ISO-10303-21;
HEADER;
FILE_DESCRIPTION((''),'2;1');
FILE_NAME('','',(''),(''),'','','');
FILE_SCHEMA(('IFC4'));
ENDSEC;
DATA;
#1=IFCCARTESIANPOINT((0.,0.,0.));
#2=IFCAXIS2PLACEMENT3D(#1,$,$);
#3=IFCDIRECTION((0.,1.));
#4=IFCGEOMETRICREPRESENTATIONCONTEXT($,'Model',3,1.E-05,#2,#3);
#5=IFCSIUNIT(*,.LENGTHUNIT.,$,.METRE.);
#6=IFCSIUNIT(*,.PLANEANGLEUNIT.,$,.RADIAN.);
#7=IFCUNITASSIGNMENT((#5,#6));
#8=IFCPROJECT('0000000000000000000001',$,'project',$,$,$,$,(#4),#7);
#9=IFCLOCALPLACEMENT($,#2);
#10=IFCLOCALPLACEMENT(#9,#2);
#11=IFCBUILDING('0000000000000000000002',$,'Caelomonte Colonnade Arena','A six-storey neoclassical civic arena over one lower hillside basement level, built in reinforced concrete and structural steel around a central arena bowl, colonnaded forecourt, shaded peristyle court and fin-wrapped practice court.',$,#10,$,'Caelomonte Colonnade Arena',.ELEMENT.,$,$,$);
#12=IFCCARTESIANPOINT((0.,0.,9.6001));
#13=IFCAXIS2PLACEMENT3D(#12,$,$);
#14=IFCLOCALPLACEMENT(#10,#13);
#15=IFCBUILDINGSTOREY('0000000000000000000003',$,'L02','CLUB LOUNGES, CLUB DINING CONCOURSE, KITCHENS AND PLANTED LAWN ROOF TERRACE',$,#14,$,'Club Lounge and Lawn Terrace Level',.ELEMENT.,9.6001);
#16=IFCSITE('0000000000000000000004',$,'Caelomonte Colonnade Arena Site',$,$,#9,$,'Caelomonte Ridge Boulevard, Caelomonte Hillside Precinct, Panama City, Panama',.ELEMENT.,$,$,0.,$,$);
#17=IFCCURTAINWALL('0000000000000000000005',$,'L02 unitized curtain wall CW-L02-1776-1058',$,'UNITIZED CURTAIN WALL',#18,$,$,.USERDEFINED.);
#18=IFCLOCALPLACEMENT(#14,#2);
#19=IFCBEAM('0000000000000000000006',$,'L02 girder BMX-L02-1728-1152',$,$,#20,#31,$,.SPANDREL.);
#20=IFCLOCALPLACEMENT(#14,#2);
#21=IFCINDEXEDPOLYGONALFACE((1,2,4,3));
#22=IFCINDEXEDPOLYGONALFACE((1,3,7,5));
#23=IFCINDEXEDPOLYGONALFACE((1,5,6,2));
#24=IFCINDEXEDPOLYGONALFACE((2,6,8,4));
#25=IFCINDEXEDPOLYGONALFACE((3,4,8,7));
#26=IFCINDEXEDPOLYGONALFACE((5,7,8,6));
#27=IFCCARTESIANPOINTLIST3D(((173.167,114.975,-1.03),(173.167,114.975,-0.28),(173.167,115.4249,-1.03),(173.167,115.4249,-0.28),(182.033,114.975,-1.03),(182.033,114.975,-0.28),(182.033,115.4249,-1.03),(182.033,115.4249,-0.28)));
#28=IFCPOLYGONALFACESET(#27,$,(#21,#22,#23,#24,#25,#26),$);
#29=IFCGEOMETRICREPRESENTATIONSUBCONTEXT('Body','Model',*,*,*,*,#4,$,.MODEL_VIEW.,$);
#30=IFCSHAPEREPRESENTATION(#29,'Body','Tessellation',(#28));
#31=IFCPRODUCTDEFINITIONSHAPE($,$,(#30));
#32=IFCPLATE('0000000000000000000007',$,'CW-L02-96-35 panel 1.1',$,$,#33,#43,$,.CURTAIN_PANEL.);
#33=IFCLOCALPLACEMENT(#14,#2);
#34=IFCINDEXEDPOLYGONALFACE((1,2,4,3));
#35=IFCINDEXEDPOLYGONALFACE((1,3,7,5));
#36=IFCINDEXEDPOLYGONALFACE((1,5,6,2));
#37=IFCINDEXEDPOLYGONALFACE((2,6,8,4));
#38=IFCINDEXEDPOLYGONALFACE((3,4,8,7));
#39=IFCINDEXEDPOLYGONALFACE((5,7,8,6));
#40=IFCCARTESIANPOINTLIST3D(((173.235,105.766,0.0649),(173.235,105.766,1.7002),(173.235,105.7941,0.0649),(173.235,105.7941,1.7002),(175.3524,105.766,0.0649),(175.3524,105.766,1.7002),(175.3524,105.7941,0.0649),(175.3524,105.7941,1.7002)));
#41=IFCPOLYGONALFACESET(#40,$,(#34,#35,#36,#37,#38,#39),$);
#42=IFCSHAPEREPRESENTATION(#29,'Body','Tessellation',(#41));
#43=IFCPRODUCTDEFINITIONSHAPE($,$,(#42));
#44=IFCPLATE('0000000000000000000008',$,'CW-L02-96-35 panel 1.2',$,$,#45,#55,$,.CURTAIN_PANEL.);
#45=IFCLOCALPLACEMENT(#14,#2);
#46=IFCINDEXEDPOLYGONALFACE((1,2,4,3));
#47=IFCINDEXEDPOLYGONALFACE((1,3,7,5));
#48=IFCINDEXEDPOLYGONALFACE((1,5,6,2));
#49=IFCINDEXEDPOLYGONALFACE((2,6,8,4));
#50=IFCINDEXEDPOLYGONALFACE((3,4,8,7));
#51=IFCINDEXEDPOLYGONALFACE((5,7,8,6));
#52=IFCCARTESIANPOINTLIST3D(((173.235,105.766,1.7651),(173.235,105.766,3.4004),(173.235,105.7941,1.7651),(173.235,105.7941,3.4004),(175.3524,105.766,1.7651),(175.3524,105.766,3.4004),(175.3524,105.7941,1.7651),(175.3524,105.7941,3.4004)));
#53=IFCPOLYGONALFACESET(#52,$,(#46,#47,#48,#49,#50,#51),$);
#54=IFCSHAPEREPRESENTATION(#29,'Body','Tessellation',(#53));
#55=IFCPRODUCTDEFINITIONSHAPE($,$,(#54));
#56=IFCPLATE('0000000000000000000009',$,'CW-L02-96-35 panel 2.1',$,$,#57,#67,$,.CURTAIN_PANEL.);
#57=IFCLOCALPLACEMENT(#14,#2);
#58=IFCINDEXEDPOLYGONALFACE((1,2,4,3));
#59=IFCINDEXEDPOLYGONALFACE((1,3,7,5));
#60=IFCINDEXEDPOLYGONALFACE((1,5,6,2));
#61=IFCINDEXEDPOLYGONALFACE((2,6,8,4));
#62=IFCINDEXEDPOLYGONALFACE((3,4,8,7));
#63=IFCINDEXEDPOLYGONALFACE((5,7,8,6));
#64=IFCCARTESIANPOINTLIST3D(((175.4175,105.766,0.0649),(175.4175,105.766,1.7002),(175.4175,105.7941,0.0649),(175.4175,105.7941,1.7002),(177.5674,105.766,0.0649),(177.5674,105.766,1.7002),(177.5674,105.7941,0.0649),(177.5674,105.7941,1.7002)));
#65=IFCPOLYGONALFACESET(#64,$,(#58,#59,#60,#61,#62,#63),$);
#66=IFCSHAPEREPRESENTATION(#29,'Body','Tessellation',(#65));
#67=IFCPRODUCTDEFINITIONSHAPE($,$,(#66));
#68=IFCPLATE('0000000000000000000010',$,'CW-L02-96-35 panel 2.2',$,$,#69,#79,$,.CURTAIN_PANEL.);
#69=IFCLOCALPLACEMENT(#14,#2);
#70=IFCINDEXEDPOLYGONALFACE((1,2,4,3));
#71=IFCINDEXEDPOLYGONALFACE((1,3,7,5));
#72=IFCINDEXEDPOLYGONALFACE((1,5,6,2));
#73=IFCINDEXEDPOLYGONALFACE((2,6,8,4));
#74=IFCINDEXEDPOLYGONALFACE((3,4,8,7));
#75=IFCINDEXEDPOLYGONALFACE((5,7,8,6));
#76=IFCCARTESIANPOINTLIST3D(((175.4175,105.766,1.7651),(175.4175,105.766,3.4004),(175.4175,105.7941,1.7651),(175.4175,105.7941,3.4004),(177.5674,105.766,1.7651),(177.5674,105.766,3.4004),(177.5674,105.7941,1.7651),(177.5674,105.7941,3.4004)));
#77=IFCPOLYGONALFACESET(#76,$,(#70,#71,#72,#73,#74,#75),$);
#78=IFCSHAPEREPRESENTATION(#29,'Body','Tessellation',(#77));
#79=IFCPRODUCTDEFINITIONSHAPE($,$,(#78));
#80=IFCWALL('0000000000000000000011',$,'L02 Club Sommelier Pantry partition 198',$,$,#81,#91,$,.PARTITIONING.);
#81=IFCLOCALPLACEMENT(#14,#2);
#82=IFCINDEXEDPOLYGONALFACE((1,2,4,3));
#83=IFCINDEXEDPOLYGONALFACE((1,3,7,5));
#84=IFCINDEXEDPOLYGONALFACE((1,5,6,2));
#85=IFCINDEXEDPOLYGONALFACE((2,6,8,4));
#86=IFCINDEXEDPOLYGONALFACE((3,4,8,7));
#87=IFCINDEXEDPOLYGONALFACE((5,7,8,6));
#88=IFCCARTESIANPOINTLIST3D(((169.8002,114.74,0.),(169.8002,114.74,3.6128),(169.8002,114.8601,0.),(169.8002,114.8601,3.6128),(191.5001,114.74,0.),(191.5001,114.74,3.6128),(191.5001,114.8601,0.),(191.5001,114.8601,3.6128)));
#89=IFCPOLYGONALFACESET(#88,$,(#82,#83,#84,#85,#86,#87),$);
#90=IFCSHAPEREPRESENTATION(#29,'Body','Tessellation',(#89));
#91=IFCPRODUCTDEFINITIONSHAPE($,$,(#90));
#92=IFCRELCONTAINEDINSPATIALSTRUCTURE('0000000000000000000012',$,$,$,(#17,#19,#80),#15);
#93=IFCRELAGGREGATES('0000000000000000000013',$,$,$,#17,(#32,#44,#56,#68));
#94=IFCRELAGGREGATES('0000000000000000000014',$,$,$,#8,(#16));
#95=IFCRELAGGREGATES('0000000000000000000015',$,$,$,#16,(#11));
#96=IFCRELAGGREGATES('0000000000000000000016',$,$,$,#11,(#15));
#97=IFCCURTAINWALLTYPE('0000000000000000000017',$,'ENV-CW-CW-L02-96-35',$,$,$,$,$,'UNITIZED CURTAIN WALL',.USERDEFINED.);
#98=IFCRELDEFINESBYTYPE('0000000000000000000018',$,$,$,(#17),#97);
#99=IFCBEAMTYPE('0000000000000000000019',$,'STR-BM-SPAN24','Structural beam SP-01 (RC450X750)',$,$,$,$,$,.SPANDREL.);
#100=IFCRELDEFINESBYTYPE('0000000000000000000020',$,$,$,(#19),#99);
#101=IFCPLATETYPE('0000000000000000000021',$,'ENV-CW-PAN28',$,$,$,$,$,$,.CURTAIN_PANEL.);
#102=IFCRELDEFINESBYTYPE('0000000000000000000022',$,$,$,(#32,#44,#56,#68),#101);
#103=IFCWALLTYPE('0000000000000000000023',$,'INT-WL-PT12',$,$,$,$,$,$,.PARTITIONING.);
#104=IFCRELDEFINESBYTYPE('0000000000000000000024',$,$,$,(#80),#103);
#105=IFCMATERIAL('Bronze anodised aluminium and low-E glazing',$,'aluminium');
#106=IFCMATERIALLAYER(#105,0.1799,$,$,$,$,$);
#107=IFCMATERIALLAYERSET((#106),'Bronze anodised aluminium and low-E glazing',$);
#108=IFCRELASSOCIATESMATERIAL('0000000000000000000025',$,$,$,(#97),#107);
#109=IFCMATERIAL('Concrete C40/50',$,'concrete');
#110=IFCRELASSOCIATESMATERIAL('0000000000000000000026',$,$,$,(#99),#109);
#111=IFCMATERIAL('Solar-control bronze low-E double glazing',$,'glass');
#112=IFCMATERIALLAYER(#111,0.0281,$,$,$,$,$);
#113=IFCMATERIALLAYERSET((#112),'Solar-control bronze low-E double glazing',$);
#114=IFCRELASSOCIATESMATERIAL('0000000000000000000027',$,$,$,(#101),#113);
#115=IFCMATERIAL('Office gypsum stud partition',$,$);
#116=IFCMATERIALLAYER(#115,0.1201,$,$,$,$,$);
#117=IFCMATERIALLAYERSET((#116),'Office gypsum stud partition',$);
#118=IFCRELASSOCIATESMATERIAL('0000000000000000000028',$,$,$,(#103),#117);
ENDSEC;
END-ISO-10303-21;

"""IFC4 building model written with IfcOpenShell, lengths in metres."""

from ifc_helpers import new_model, si_unit, direction, frame, frame_2d, origin, origin_2d, place, context, subcontext, project, spatial, rectangle, extrude, material, layer, layer_set, material_profile, profile_set, type_object, element, aggregate, save


model = new_model("IFC4")

# Units and contexts
model_context = context("Model", 3, precision=1e-05, world=origin(), true_north=direction((0.0, 1.0)))
body_context = subcontext(model_context, "Body", "Model", "MODEL_VIEW")
ifc_project = project(units=[si_unit("LENGTHUNIT", "METRE"), si_unit("PLANEANGLEUNIT", "RADIAN")], contexts=[model_context])

# Site, building, storey
site_placement = place(None, origin())
site = spatial("IfcSite", under=ifc_project, at=site_placement, Name="Caelomonte Colonnade Arena Site", LongName="Caelomonte Ridge Boulevard, Caelomonte Hillside Precinct, Panama City, Panama", CompositionType="ELEMENT", RefElevation=0.0)
building_placement = place(site_placement, origin())
building = spatial("IfcBuilding", under=site, at=building_placement, Name="Caelomonte Colonnade Arena", Description="A six-storey neoclassical civic arena over one lower hillside basement level, built in reinforced concrete and structural steel around a central arena bowl, colonnaded forecourt, shaded peristyle court and fin-wrapped practice court.", LongName="Caelomonte Colonnade Arena", CompositionType="ELEMENT")
storey_placement = place(building_placement, frame((0.0, 0.0, 9.6001)))
storey = spatial("IfcBuildingStorey", under=building, at=storey_placement, Name="L02", Description="CLUB LOUNGES, CLUB DINING CONCOURSE, KITCHENS AND PLANTED LAWN ROOF TERRACE", LongName="Club Lounge and Lawn Terrace Level", CompositionType="ELEMENT", Elevation=9.6001)

# Shared definitions
ifc_material_1 = material(Name="Concrete C40/50", Category="concrete")

# Curtain wall
ifc_material_2 = material(Name="Bronze anodised aluminium and low-E glazing", Category="aluminium")
ifc_layer_1 = layer(ifc_material_2, 0.1799)
ifc_layer_set_1 = layer_set([ifc_layer_1], Name="Bronze anodised aluminium and low-E glazing")
curtain_wall_type = type_object("IfcCurtainWallType", Name="ENV-CW-CW-L02-96-35", ElementType="UNITIZED CURTAIN WALL", PredefinedType="USERDEFINED", material=ifc_layer_set_1)
curtain_wall_placement = place(storey_placement, origin())
curtain_wall = element("IfcCurtainWall", 1, at=curtain_wall_placement, inside=storey, type_object=curtain_wall_type, Name="L02 unitized curtain wall CW-L02-1776-1058", ObjectType="UNITIZED CURTAIN WALL", PredefinedType="USERDEFINED")

# Beam
ifc_material_profile_1 = material_profile(ifc_material_1, rectangle(XDim=0.45, YDim=0.75, at=origin_2d()), Name="RC450X750")
ifc_profile_set_1 = profile_set([ifc_material_profile_1], Name="Concrete C40/50")
beam_type_1 = type_object("IfcBeamType", Name="STR-BM-SPAN24", Description="Structural beam SP-01 (RC450X750)", PredefinedType="SPANDREL", material=ifc_profile_set_1)
beam_1_placement = place(storey_placement, frame((173.167, 115.2, -0.655), z_axis=(1.0, 0.0, 0.0), x_axis=(0.0, 1.0, 0.0)))
element("IfcBeam", 2, at=beam_1_placement, inside=storey, type_object=beam_type_1, Name="L02 girder BMX-L02-1728-1152", PredefinedType="SPANDREL", context=body_context, shape_type="SweptSolid", body=[
    extrude(rectangle(XDim=0.45, YDim=0.75, at=origin_2d()), origin(), (0.0, 0.0, 1.0), 8.866),
])

# Plates
ifc_material_3 = material(Name="Solar-control bronze low-E double glazing", Category="glass")
ifc_layer_2 = layer(ifc_material_3, 0.0281)
ifc_layer_set_2 = layer_set([ifc_layer_2], Name="Solar-control bronze low-E double glazing")
plate_type = type_object("IfcPlateType", Name="ENV-CW-PAN28", PredefinedType="CURTAIN_PANEL", material=ifc_layer_set_2)
plate_1_placement = place(storey_placement, frame((174.2937, 105.78, 0.0649), z_axis=(0.0, 0.0, 1.0), x_axis=(1.0, 0.0, 0.0)))
plate_1 = element("IfcPlate", 3, at=plate_1_placement, type_object=plate_type, Name="CW-L02-96-35 panel 1.1", PredefinedType="CURTAIN_PANEL", context=body_context, shape_type="SweptSolid", body=[
    extrude(rectangle(XDim=2.1174, YDim=0.0281, at=origin_2d()), origin(), (0.0, 0.0, 1.0), 1.6353),
])
plate_2_placement = place(storey_placement, frame((174.2937, 105.78, 1.7651), z_axis=(0.0, 0.0, 1.0), x_axis=(1.0, 0.0, 0.0)))
plate_2 = element("IfcPlate", 4, at=plate_2_placement, type_object=plate_type, Name="CW-L02-96-35 panel 1.2", PredefinedType="CURTAIN_PANEL", context=body_context, shape_type="SweptSolid", body=[
    extrude(rectangle(XDim=2.1174, YDim=0.0281, at=origin_2d()), origin(), (0.0, 0.0, 1.0), 1.6353),
])
plate_3_placement = place(storey_placement, frame((176.4924, 105.78, 0.0649), z_axis=(0.0, 0.0, 1.0), x_axis=(1.0, 0.0, 0.0)))
plate_3 = element("IfcPlate", 5, at=plate_3_placement, type_object=plate_type, Name="CW-L02-96-35 panel 2.1", PredefinedType="CURTAIN_PANEL", context=body_context, shape_type="SweptSolid", body=[
    extrude(rectangle(XDim=2.1499, YDim=0.0281, at=origin_2d()), origin(), (0.0, 0.0, 1.0), 1.6353),
])
plate_4_placement = place(storey_placement, frame((176.4924, 105.78, 1.7651), z_axis=(0.0, 0.0, 1.0), x_axis=(1.0, 0.0, 0.0)))
plate_4 = element("IfcPlate", 6, at=plate_4_placement, type_object=plate_type, Name="CW-L02-96-35 panel 2.2", PredefinedType="CURTAIN_PANEL", context=body_context, shape_type="SweptSolid", body=[
    extrude(rectangle(XDim=2.1499, YDim=0.0281, at=origin_2d()), origin(), (0.0, 0.0, 1.0), 1.6353),
])
aggregate(curtain_wall, [plate_1, plate_2, plate_3, plate_4])

# Wall
ifc_material_4 = material(Name="Office gypsum stud partition")
ifc_layer_3 = layer(ifc_material_4, 0.1201)
ifc_layer_set_3 = layer_set([ifc_layer_3], Name="Office gypsum stud partition")
wall_type = type_object("IfcWallType", Name="INT-WL-PT12", PredefinedType="PARTITIONING", material=ifc_layer_set_3)
wall_placement = place(storey_placement, frame((169.8, 114.8, 0.0), z_axis=(0.0, 0.0, 1.0), x_axis=(1.0, 0.0, 0.0)))
element("IfcWall", 7, at=wall_placement, inside=storey, type_object=wall_type, Name="L02 Club Sommelier Pantry partition 198", PredefinedType="PARTITIONING", context=body_context, shape_type="SweptSolid", body=[
    extrude(rectangle(XDim=21.7, YDim=0.1201, at=frame_2d((10.8501, 0.0))), origin(), (0.0, 0.0, 1.0), 3.6128),
])

save(model, "model.ifc")
